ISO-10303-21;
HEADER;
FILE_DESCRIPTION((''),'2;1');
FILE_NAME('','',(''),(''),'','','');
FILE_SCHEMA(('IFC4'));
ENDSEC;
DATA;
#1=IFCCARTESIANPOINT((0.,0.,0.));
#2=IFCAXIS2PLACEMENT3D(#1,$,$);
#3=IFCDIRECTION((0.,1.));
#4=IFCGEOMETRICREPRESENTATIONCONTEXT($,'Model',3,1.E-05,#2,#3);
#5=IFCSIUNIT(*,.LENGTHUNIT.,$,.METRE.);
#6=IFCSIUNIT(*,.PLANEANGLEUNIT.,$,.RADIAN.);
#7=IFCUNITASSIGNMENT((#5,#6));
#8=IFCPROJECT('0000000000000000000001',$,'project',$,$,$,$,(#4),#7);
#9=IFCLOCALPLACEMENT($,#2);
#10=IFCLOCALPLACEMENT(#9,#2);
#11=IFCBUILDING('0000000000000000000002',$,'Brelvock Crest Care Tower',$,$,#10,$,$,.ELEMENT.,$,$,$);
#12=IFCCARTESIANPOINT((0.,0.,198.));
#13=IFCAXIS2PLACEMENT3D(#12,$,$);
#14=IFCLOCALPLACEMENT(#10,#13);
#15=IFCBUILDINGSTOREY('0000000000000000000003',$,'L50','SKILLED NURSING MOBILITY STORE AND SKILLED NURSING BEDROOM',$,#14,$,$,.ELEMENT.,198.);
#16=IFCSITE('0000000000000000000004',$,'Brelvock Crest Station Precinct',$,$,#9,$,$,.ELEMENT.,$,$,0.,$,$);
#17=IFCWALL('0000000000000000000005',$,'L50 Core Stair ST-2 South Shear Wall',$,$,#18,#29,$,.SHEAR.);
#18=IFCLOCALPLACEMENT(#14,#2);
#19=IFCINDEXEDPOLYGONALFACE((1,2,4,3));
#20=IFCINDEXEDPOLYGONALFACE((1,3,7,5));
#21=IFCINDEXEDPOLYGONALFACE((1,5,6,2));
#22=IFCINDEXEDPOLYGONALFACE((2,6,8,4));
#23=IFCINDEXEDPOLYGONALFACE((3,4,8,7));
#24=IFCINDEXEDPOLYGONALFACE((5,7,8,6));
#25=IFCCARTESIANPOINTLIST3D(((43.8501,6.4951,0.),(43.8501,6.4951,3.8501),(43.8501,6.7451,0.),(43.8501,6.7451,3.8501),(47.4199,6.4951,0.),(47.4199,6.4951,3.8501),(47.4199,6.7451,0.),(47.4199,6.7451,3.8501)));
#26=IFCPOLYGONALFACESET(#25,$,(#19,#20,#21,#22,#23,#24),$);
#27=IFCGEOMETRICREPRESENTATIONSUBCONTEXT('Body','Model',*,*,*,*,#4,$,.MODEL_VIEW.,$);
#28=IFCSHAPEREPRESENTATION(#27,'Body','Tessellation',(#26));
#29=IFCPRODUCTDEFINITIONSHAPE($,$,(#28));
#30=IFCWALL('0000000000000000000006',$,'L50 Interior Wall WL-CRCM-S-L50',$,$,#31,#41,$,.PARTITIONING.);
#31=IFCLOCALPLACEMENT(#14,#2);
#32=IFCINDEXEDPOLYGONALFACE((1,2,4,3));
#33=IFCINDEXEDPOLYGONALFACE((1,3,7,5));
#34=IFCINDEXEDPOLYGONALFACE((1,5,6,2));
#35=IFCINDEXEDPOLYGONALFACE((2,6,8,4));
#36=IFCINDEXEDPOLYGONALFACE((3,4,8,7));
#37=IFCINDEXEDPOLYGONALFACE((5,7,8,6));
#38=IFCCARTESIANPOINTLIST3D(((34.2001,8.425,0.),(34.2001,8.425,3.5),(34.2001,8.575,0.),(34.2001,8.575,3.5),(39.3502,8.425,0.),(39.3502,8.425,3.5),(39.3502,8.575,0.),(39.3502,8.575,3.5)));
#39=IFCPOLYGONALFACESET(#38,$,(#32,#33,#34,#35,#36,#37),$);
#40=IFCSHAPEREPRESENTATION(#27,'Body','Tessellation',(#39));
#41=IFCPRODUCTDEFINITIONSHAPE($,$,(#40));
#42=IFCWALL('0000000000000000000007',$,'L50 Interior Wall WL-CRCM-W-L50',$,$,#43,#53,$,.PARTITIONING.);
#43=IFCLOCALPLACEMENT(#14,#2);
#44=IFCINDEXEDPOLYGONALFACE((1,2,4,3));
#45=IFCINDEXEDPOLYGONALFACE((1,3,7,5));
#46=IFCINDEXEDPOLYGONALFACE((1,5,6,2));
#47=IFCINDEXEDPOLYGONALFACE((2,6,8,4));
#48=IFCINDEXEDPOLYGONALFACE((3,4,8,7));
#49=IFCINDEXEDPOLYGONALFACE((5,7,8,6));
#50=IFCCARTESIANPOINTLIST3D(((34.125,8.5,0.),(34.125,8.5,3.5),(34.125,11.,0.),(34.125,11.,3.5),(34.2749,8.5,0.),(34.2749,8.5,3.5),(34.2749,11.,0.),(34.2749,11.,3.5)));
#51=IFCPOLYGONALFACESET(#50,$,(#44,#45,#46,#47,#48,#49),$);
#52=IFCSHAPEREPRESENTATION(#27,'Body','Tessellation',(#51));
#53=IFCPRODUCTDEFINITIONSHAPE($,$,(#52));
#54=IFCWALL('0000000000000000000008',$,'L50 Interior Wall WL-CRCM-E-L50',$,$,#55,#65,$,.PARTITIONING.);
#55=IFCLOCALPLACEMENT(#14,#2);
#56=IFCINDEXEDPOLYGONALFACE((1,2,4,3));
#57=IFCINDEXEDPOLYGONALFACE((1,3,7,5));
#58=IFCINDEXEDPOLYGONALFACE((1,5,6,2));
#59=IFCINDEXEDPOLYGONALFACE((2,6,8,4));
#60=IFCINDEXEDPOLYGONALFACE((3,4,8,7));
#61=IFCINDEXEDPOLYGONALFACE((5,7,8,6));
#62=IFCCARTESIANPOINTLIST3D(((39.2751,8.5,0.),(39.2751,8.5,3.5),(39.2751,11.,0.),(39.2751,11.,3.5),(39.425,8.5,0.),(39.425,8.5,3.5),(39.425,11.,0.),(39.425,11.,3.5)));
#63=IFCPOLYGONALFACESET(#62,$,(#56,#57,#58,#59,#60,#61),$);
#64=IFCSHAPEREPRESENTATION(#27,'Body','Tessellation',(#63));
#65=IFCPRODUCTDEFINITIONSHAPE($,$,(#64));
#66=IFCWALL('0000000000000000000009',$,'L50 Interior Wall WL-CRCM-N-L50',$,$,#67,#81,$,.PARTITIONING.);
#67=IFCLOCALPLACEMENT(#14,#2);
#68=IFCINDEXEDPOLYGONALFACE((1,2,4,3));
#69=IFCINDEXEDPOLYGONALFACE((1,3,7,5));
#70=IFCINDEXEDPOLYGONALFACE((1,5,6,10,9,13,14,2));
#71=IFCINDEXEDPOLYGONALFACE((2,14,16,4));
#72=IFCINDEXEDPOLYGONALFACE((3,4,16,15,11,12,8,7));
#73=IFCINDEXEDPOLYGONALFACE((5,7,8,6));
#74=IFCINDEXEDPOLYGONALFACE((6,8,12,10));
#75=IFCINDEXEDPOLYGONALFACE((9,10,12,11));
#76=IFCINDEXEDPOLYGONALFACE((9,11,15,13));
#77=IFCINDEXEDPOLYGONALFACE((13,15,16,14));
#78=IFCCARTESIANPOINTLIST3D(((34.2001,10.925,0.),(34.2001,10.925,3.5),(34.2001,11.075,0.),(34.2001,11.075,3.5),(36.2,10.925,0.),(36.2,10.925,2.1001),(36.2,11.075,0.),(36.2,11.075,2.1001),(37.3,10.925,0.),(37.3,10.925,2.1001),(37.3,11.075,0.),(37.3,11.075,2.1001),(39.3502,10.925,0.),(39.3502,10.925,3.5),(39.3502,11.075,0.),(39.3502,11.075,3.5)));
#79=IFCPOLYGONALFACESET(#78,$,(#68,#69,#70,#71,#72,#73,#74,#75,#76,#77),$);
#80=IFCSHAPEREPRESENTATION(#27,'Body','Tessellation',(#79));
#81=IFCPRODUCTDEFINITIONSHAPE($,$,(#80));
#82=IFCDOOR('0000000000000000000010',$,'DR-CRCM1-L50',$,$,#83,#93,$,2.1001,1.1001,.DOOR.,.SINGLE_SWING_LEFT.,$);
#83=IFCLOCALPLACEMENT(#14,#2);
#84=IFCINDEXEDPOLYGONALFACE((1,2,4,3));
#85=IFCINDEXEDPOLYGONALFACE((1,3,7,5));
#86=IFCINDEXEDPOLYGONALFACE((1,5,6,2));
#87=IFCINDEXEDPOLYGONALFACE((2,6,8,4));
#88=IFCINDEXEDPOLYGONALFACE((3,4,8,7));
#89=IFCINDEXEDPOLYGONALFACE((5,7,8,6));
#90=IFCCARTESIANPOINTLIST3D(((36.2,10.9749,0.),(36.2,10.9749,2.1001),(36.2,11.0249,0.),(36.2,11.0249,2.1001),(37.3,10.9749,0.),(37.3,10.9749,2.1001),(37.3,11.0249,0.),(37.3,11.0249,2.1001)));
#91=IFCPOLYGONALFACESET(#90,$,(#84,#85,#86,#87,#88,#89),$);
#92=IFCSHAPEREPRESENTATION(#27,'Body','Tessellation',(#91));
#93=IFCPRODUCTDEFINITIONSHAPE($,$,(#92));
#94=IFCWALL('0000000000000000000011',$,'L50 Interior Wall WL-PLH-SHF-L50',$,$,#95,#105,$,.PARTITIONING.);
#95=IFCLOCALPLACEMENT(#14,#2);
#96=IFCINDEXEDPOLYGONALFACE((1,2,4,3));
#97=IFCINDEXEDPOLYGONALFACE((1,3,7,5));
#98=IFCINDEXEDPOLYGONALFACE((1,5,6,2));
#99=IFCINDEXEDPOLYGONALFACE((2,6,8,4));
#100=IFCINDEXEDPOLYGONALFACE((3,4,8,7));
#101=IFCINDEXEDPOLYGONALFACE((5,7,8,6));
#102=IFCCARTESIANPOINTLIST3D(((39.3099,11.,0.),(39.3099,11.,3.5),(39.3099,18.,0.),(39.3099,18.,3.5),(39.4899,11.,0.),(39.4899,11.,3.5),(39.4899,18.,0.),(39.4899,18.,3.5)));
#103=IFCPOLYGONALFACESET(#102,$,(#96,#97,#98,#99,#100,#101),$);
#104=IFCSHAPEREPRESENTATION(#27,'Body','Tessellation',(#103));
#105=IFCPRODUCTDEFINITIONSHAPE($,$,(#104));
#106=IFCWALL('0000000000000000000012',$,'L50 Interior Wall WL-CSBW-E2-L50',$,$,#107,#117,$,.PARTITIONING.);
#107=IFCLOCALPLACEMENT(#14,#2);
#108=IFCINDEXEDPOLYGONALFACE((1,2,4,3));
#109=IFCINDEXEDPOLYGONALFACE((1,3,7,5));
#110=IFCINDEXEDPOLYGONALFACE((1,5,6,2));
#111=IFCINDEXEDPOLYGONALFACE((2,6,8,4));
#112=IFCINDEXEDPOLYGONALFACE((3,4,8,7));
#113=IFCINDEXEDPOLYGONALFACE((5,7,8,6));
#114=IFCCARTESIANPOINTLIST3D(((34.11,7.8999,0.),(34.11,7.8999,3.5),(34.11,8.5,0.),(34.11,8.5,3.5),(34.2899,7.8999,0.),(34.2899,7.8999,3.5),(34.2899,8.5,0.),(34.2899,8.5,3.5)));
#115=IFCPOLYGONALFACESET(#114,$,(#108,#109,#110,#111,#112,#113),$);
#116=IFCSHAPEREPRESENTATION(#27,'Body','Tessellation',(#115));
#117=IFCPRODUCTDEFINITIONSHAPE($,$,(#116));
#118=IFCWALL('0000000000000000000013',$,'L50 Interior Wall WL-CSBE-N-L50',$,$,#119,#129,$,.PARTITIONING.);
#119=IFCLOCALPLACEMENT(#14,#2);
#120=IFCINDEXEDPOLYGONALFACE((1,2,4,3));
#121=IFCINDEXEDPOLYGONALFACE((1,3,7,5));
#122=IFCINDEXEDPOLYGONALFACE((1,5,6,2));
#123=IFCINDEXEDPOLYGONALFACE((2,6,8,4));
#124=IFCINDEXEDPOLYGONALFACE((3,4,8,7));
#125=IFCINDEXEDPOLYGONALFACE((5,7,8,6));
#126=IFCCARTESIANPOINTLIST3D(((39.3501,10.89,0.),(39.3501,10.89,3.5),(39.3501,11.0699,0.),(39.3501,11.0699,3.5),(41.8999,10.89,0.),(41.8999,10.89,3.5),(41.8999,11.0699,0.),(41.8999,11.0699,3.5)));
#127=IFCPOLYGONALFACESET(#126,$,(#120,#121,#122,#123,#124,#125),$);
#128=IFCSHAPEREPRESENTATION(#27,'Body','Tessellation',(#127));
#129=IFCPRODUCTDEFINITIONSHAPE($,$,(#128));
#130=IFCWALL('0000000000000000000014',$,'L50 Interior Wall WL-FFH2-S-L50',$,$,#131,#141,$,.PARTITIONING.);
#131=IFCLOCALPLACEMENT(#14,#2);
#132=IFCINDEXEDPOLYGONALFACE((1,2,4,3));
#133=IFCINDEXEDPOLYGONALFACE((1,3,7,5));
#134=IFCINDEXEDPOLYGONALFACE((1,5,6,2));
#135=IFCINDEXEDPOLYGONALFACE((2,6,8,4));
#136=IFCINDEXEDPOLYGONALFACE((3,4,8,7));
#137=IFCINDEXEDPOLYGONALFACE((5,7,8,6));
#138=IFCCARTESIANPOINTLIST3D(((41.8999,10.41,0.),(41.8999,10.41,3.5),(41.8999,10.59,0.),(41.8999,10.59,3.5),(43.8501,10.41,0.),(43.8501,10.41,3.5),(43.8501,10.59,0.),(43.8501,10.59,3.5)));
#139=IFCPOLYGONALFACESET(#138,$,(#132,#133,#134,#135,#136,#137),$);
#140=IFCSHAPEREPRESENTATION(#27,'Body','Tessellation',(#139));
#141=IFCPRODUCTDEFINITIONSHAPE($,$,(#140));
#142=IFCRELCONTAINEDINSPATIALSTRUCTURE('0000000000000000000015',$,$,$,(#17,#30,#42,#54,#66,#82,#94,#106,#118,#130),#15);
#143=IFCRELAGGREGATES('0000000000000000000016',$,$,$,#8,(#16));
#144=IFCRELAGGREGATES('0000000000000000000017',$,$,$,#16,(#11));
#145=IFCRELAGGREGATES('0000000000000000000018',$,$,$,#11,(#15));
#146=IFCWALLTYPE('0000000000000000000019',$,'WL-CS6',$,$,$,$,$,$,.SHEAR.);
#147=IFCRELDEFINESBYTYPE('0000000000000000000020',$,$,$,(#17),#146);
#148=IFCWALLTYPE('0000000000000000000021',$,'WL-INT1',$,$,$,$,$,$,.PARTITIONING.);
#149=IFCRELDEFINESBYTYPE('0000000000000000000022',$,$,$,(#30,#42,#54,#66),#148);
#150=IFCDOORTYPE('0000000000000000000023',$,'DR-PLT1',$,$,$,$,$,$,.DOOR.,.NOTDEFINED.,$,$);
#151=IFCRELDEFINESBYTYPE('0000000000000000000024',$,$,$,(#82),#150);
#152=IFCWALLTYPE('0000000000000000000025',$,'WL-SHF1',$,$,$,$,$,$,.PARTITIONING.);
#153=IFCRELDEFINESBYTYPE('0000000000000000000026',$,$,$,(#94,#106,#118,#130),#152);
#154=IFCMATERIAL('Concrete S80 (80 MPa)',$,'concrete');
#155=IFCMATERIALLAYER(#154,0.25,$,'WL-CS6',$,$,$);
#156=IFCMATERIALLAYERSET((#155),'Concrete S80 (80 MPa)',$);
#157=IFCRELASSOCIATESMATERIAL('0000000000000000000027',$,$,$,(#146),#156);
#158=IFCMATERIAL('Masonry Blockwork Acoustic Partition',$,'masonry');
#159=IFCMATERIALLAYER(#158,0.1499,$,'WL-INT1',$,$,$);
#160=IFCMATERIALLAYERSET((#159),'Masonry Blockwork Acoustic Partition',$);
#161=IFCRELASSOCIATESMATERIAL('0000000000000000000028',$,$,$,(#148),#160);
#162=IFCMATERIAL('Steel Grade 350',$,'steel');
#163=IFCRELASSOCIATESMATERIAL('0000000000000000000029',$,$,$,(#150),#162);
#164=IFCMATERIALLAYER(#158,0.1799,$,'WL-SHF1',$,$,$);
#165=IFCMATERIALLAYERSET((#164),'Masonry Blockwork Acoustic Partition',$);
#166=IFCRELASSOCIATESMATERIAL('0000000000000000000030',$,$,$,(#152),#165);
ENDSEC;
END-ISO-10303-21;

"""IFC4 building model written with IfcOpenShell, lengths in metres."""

from ifc_helpers import new_model, si_unit, direction, frame, frame_2d, origin, origin_2d, place, context, subcontext, project, spatial, rectangle, extrude, source, transform, mapped, material, layer, layer_set, type_object, element, fill, save


model = new_model("IFC4")

# Units and contexts
model_context = context("Model", 3, precision=1e-05, world=origin(), true_north=direction((0.0, 1.0)))
body_context = subcontext(model_context, "Body", "Model", "MODEL_VIEW")
ifc_project = project(units=[si_unit("LENGTHUNIT", "METRE"), si_unit("PLANEANGLEUNIT", "RADIAN")], contexts=[model_context])

# Site, building, storey
site_placement = place(None, origin())
site = spatial("IfcSite", under=ifc_project, at=site_placement, Name="Brelvock Crest Station Precinct", CompositionType="ELEMENT", RefElevation=0.0)
building_placement = place(site_placement, origin())
building = spatial("IfcBuilding", under=site, at=building_placement, Name="Brelvock Crest Care Tower", CompositionType="ELEMENT")
storey_placement = place(building_placement, frame((0.0, 0.0, 198.0)))
storey = spatial("IfcBuildingStorey", under=building, at=storey_placement, Name="L50", Description="SKILLED NURSING MOBILITY STORE AND SKILLED NURSING BEDROOM", CompositionType="ELEMENT", Elevation=198.0)

# Shared definitions
ifc_material_1 = material(Name="Steel Grade 350", Category="steel")

# Walls
ifc_material_2 = material(Name="Concrete S80 (80 MPa)", Category="concrete")
ifc_layer_1 = layer(ifc_material_2, 0.25, Name="WL-CS6")
ifc_layer_set_1 = layer_set([ifc_layer_1], Name="Concrete S80 (80 MPa)")
wall_type_1 = type_object("IfcWallType", Name="WL-CS6", PredefinedType="SHEAR", material=ifc_layer_set_1)
wall_1_placement = place(storey_placement, frame((43.8501, 6.6201, 0.0), z_axis=(0.0, 0.0, 1.0), x_axis=(1.0, 0.0, 0.0)))
element("IfcWall", 1, at=wall_1_placement, inside=storey, type_object=wall_type_1, Name="L50 Core Stair ST-2 South Shear Wall", PredefinedType="SHEAR", context=body_context, shape_type="SweptSolid", body=[
    extrude(rectangle(XDim=3.5698, YDim=0.25, at=frame_2d((1.7849, 0.0))), origin(), (0.0, 0.0, 1.0), 3.8501),
])
ifc_material_3 = material(Name="Masonry Blockwork Acoustic Partition", Category="masonry")
ifc_layer_2 = layer(ifc_material_3, 0.1499, Name="WL-INT1")
ifc_layer_set_2 = layer_set([ifc_layer_2], Name="Masonry Blockwork Acoustic Partition")
wall_type_2 = type_object("IfcWallType", Name="WL-INT1", PredefinedType="PARTITIONING", material=ifc_layer_set_2)
wall_2_placement = place(storey_placement, frame((34.2, 8.5, 0.0), z_axis=(0.0, 0.0, 1.0), x_axis=(1.0, 0.0, 0.0)))
element("IfcWall", 2, at=wall_2_placement, inside=storey, type_object=wall_type_2, Name="L50 Interior Wall WL-CRCM-S-L50", PredefinedType="PARTITIONING", context=body_context, shape_type="SweptSolid", body=[
    extrude(rectangle(XDim=5.1501, YDim=0.1499, at=frame_2d((2.5752, 0.0))), origin(), (0.0, 0.0, 1.0), 3.5),
])
for number, where, z_axis, x_axis, name in (
    (3, (34.2, 8.5, 0.0), (0.0, 0.0, 1.0), (0.0, 1.0, 0.0), "L50 Interior Wall WL-CRCM-W-L50"),
    (4, (39.3501, 8.5, 0.0), (0.0, 0.0, 1.0), (0.0, 1.0, 0.0), "L50 Interior Wall WL-CRCM-E-L50"),
):
    element("IfcWall", number, at=place(storey_placement, frame(where, z_axis=z_axis, x_axis=x_axis)), inside=storey, type_object=wall_type_2, Name=name, PredefinedType="PARTITIONING", context=body_context, shape_type="SweptSolid", body=[
        extrude(rectangle(XDim=2.5, YDim=0.1499, at=frame_2d((1.25, 0.0))), origin(), (0.0, 0.0, 1.0), 3.5),
    ])

# Wall, opening, door
wall_3_placement = place(storey_placement, frame((34.2, 11.0, 0.0), z_axis=(0.0, 0.0, 1.0), x_axis=(1.0, 0.0, 0.0)))
wall_3 = element("IfcWall", 5, at=wall_3_placement, inside=storey, type_object=wall_type_2, Name="L50 Interior Wall WL-CRCM-N-L50", PredefinedType="PARTITIONING", context=body_context, shape_type="SweptSolid", body=[
    extrude(rectangle(XDim=5.1501, YDim=0.1499, at=frame_2d((2.5752, 0.0))), origin(), (0.0, 0.0, 1.0), 3.5),
])
opening_placement = place(wall_3_placement, frame((2.0, 0.0, 0.0)))
opening = element("IfcOpeningElement", 6, at=opening_placement, cuts=wall_3, PredefinedType="OPENING", context=body_context, shape_type="SweptSolid", body=[
    extrude(rectangle(XDim=1.1001, YDim=2.1001, at=origin_2d()), frame((0.55, 0.085, 1.05), z_axis=(0.0, -1.0, 0.0), x_axis=(1.0, 0.0, 0.0)), (0.0, 0.0, 1.0), 0.1699),
])
door_type = type_object("IfcDoorType", Name="DR-PLT1", OperationType="NOTDEFINED", PredefinedType="DOOR", material=ifc_material_1)
shared_shape_1 = source(origin(), body_context, "Body", "SweptSolid", [
    extrude(rectangle(XDim=1.1001, YDim=2.1001, at=origin_2d()), frame((0.55, 0.0249, 1.05), z_axis=(0.0, -1.0, 0.0), x_axis=(1.0, 0.0, 0.0)), (0.0, 0.0, 1.0), 0.05),
])
door_placement = place(opening_placement, origin())
door = element("IfcDoor", 7, at=door_placement, inside=storey, type_object=door_type, Name="DR-CRCM1-L50", OperationType="SINGLE_SWING_LEFT", OverallHeight=2.1001, OverallWidth=1.1001, PredefinedType="DOOR", context=body_context, shape_type="MappedRepresentation", body=[
    mapped(shared_shape_1, transform((0.0, 0.0, 0.0), x_axis=(1.0, 0.0, 0.0), y_axis=(0.0, 1.0, 0.0), z_axis=(0.0, 0.0, 1.0), scale=1.0)),
])
fill(opening, door)

# Walls
ifc_layer_3 = layer(ifc_material_3, 0.1799, Name="WL-SHF1")
ifc_layer_set_3 = layer_set([ifc_layer_3], Name="Masonry Blockwork Acoustic Partition")
wall_type_3 = type_object("IfcWallType", Name="WL-SHF1", PredefinedType="PARTITIONING", material=ifc_layer_set_3)
wall_4_placement = place(storey_placement, frame((39.3999, 11.0, 0.0), z_axis=(0.0, 0.0, 1.0), x_axis=(0.0, 1.0, 0.0)))
element("IfcWall", 8, at=wall_4_placement, inside=storey, type_object=wall_type_3, Name="L50 Interior Wall WL-PLH-SHF-L50", PredefinedType="PARTITIONING", context=body_context, shape_type="SweptSolid", body=[
    extrude(rectangle(XDim=7.0, YDim=0.1799, at=frame_2d((3.5, 0.0))), origin(), (0.0, 0.0, 1.0), 3.5),
])
wall_5_placement = place(storey_placement, frame((34.2, 7.8999, 0.0), z_axis=(0.0, 0.0, 1.0), x_axis=(0.0, 1.0, 0.0)))
element("IfcWall", 9, at=wall_5_placement, inside=storey, type_object=wall_type_3, Name="L50 Interior Wall WL-CSBW-E2-L50", PredefinedType="PARTITIONING", context=body_context, shape_type="SweptSolid", body=[
    extrude(rectangle(XDim=0.6001, YDim=0.1799, at=frame_2d((0.3, 0.0))), origin(), (0.0, 0.0, 1.0), 3.5),
])
wall_6_placement = place(storey_placement, frame((39.3501, 10.98, 0.0), z_axis=(0.0, 0.0, 1.0), x_axis=(1.0, 0.0, 0.0)))
element("IfcWall", 10, at=wall_6_placement, inside=storey, type_object=wall_type_3, Name="L50 Interior Wall WL-CSBE-N-L50", PredefinedType="PARTITIONING", context=body_context, shape_type="SweptSolid", body=[
    extrude(rectangle(XDim=2.5498, YDim=0.1799, at=frame_2d((1.2749, 0.0))), origin(), (0.0, 0.0, 1.0), 3.5),
])
wall_7_placement = place(storey_placement, frame((41.8999, 10.5, 0.0), z_axis=(0.0, 0.0, 1.0), x_axis=(1.0, 0.0, 0.0)))
element("IfcWall", 11, at=wall_7_placement, inside=storey, type_object=wall_type_3, Name="L50 Interior Wall WL-FFH2-S-L50", PredefinedType="PARTITIONING", context=body_context, shape_type="SweptSolid", body=[
    extrude(rectangle(XDim=1.9502, YDim=0.1799, at=frame_2d((0.9751, 0.0))), origin(), (0.0, 0.0, 1.0), 3.5),
])

save(model, "model.ifc")
